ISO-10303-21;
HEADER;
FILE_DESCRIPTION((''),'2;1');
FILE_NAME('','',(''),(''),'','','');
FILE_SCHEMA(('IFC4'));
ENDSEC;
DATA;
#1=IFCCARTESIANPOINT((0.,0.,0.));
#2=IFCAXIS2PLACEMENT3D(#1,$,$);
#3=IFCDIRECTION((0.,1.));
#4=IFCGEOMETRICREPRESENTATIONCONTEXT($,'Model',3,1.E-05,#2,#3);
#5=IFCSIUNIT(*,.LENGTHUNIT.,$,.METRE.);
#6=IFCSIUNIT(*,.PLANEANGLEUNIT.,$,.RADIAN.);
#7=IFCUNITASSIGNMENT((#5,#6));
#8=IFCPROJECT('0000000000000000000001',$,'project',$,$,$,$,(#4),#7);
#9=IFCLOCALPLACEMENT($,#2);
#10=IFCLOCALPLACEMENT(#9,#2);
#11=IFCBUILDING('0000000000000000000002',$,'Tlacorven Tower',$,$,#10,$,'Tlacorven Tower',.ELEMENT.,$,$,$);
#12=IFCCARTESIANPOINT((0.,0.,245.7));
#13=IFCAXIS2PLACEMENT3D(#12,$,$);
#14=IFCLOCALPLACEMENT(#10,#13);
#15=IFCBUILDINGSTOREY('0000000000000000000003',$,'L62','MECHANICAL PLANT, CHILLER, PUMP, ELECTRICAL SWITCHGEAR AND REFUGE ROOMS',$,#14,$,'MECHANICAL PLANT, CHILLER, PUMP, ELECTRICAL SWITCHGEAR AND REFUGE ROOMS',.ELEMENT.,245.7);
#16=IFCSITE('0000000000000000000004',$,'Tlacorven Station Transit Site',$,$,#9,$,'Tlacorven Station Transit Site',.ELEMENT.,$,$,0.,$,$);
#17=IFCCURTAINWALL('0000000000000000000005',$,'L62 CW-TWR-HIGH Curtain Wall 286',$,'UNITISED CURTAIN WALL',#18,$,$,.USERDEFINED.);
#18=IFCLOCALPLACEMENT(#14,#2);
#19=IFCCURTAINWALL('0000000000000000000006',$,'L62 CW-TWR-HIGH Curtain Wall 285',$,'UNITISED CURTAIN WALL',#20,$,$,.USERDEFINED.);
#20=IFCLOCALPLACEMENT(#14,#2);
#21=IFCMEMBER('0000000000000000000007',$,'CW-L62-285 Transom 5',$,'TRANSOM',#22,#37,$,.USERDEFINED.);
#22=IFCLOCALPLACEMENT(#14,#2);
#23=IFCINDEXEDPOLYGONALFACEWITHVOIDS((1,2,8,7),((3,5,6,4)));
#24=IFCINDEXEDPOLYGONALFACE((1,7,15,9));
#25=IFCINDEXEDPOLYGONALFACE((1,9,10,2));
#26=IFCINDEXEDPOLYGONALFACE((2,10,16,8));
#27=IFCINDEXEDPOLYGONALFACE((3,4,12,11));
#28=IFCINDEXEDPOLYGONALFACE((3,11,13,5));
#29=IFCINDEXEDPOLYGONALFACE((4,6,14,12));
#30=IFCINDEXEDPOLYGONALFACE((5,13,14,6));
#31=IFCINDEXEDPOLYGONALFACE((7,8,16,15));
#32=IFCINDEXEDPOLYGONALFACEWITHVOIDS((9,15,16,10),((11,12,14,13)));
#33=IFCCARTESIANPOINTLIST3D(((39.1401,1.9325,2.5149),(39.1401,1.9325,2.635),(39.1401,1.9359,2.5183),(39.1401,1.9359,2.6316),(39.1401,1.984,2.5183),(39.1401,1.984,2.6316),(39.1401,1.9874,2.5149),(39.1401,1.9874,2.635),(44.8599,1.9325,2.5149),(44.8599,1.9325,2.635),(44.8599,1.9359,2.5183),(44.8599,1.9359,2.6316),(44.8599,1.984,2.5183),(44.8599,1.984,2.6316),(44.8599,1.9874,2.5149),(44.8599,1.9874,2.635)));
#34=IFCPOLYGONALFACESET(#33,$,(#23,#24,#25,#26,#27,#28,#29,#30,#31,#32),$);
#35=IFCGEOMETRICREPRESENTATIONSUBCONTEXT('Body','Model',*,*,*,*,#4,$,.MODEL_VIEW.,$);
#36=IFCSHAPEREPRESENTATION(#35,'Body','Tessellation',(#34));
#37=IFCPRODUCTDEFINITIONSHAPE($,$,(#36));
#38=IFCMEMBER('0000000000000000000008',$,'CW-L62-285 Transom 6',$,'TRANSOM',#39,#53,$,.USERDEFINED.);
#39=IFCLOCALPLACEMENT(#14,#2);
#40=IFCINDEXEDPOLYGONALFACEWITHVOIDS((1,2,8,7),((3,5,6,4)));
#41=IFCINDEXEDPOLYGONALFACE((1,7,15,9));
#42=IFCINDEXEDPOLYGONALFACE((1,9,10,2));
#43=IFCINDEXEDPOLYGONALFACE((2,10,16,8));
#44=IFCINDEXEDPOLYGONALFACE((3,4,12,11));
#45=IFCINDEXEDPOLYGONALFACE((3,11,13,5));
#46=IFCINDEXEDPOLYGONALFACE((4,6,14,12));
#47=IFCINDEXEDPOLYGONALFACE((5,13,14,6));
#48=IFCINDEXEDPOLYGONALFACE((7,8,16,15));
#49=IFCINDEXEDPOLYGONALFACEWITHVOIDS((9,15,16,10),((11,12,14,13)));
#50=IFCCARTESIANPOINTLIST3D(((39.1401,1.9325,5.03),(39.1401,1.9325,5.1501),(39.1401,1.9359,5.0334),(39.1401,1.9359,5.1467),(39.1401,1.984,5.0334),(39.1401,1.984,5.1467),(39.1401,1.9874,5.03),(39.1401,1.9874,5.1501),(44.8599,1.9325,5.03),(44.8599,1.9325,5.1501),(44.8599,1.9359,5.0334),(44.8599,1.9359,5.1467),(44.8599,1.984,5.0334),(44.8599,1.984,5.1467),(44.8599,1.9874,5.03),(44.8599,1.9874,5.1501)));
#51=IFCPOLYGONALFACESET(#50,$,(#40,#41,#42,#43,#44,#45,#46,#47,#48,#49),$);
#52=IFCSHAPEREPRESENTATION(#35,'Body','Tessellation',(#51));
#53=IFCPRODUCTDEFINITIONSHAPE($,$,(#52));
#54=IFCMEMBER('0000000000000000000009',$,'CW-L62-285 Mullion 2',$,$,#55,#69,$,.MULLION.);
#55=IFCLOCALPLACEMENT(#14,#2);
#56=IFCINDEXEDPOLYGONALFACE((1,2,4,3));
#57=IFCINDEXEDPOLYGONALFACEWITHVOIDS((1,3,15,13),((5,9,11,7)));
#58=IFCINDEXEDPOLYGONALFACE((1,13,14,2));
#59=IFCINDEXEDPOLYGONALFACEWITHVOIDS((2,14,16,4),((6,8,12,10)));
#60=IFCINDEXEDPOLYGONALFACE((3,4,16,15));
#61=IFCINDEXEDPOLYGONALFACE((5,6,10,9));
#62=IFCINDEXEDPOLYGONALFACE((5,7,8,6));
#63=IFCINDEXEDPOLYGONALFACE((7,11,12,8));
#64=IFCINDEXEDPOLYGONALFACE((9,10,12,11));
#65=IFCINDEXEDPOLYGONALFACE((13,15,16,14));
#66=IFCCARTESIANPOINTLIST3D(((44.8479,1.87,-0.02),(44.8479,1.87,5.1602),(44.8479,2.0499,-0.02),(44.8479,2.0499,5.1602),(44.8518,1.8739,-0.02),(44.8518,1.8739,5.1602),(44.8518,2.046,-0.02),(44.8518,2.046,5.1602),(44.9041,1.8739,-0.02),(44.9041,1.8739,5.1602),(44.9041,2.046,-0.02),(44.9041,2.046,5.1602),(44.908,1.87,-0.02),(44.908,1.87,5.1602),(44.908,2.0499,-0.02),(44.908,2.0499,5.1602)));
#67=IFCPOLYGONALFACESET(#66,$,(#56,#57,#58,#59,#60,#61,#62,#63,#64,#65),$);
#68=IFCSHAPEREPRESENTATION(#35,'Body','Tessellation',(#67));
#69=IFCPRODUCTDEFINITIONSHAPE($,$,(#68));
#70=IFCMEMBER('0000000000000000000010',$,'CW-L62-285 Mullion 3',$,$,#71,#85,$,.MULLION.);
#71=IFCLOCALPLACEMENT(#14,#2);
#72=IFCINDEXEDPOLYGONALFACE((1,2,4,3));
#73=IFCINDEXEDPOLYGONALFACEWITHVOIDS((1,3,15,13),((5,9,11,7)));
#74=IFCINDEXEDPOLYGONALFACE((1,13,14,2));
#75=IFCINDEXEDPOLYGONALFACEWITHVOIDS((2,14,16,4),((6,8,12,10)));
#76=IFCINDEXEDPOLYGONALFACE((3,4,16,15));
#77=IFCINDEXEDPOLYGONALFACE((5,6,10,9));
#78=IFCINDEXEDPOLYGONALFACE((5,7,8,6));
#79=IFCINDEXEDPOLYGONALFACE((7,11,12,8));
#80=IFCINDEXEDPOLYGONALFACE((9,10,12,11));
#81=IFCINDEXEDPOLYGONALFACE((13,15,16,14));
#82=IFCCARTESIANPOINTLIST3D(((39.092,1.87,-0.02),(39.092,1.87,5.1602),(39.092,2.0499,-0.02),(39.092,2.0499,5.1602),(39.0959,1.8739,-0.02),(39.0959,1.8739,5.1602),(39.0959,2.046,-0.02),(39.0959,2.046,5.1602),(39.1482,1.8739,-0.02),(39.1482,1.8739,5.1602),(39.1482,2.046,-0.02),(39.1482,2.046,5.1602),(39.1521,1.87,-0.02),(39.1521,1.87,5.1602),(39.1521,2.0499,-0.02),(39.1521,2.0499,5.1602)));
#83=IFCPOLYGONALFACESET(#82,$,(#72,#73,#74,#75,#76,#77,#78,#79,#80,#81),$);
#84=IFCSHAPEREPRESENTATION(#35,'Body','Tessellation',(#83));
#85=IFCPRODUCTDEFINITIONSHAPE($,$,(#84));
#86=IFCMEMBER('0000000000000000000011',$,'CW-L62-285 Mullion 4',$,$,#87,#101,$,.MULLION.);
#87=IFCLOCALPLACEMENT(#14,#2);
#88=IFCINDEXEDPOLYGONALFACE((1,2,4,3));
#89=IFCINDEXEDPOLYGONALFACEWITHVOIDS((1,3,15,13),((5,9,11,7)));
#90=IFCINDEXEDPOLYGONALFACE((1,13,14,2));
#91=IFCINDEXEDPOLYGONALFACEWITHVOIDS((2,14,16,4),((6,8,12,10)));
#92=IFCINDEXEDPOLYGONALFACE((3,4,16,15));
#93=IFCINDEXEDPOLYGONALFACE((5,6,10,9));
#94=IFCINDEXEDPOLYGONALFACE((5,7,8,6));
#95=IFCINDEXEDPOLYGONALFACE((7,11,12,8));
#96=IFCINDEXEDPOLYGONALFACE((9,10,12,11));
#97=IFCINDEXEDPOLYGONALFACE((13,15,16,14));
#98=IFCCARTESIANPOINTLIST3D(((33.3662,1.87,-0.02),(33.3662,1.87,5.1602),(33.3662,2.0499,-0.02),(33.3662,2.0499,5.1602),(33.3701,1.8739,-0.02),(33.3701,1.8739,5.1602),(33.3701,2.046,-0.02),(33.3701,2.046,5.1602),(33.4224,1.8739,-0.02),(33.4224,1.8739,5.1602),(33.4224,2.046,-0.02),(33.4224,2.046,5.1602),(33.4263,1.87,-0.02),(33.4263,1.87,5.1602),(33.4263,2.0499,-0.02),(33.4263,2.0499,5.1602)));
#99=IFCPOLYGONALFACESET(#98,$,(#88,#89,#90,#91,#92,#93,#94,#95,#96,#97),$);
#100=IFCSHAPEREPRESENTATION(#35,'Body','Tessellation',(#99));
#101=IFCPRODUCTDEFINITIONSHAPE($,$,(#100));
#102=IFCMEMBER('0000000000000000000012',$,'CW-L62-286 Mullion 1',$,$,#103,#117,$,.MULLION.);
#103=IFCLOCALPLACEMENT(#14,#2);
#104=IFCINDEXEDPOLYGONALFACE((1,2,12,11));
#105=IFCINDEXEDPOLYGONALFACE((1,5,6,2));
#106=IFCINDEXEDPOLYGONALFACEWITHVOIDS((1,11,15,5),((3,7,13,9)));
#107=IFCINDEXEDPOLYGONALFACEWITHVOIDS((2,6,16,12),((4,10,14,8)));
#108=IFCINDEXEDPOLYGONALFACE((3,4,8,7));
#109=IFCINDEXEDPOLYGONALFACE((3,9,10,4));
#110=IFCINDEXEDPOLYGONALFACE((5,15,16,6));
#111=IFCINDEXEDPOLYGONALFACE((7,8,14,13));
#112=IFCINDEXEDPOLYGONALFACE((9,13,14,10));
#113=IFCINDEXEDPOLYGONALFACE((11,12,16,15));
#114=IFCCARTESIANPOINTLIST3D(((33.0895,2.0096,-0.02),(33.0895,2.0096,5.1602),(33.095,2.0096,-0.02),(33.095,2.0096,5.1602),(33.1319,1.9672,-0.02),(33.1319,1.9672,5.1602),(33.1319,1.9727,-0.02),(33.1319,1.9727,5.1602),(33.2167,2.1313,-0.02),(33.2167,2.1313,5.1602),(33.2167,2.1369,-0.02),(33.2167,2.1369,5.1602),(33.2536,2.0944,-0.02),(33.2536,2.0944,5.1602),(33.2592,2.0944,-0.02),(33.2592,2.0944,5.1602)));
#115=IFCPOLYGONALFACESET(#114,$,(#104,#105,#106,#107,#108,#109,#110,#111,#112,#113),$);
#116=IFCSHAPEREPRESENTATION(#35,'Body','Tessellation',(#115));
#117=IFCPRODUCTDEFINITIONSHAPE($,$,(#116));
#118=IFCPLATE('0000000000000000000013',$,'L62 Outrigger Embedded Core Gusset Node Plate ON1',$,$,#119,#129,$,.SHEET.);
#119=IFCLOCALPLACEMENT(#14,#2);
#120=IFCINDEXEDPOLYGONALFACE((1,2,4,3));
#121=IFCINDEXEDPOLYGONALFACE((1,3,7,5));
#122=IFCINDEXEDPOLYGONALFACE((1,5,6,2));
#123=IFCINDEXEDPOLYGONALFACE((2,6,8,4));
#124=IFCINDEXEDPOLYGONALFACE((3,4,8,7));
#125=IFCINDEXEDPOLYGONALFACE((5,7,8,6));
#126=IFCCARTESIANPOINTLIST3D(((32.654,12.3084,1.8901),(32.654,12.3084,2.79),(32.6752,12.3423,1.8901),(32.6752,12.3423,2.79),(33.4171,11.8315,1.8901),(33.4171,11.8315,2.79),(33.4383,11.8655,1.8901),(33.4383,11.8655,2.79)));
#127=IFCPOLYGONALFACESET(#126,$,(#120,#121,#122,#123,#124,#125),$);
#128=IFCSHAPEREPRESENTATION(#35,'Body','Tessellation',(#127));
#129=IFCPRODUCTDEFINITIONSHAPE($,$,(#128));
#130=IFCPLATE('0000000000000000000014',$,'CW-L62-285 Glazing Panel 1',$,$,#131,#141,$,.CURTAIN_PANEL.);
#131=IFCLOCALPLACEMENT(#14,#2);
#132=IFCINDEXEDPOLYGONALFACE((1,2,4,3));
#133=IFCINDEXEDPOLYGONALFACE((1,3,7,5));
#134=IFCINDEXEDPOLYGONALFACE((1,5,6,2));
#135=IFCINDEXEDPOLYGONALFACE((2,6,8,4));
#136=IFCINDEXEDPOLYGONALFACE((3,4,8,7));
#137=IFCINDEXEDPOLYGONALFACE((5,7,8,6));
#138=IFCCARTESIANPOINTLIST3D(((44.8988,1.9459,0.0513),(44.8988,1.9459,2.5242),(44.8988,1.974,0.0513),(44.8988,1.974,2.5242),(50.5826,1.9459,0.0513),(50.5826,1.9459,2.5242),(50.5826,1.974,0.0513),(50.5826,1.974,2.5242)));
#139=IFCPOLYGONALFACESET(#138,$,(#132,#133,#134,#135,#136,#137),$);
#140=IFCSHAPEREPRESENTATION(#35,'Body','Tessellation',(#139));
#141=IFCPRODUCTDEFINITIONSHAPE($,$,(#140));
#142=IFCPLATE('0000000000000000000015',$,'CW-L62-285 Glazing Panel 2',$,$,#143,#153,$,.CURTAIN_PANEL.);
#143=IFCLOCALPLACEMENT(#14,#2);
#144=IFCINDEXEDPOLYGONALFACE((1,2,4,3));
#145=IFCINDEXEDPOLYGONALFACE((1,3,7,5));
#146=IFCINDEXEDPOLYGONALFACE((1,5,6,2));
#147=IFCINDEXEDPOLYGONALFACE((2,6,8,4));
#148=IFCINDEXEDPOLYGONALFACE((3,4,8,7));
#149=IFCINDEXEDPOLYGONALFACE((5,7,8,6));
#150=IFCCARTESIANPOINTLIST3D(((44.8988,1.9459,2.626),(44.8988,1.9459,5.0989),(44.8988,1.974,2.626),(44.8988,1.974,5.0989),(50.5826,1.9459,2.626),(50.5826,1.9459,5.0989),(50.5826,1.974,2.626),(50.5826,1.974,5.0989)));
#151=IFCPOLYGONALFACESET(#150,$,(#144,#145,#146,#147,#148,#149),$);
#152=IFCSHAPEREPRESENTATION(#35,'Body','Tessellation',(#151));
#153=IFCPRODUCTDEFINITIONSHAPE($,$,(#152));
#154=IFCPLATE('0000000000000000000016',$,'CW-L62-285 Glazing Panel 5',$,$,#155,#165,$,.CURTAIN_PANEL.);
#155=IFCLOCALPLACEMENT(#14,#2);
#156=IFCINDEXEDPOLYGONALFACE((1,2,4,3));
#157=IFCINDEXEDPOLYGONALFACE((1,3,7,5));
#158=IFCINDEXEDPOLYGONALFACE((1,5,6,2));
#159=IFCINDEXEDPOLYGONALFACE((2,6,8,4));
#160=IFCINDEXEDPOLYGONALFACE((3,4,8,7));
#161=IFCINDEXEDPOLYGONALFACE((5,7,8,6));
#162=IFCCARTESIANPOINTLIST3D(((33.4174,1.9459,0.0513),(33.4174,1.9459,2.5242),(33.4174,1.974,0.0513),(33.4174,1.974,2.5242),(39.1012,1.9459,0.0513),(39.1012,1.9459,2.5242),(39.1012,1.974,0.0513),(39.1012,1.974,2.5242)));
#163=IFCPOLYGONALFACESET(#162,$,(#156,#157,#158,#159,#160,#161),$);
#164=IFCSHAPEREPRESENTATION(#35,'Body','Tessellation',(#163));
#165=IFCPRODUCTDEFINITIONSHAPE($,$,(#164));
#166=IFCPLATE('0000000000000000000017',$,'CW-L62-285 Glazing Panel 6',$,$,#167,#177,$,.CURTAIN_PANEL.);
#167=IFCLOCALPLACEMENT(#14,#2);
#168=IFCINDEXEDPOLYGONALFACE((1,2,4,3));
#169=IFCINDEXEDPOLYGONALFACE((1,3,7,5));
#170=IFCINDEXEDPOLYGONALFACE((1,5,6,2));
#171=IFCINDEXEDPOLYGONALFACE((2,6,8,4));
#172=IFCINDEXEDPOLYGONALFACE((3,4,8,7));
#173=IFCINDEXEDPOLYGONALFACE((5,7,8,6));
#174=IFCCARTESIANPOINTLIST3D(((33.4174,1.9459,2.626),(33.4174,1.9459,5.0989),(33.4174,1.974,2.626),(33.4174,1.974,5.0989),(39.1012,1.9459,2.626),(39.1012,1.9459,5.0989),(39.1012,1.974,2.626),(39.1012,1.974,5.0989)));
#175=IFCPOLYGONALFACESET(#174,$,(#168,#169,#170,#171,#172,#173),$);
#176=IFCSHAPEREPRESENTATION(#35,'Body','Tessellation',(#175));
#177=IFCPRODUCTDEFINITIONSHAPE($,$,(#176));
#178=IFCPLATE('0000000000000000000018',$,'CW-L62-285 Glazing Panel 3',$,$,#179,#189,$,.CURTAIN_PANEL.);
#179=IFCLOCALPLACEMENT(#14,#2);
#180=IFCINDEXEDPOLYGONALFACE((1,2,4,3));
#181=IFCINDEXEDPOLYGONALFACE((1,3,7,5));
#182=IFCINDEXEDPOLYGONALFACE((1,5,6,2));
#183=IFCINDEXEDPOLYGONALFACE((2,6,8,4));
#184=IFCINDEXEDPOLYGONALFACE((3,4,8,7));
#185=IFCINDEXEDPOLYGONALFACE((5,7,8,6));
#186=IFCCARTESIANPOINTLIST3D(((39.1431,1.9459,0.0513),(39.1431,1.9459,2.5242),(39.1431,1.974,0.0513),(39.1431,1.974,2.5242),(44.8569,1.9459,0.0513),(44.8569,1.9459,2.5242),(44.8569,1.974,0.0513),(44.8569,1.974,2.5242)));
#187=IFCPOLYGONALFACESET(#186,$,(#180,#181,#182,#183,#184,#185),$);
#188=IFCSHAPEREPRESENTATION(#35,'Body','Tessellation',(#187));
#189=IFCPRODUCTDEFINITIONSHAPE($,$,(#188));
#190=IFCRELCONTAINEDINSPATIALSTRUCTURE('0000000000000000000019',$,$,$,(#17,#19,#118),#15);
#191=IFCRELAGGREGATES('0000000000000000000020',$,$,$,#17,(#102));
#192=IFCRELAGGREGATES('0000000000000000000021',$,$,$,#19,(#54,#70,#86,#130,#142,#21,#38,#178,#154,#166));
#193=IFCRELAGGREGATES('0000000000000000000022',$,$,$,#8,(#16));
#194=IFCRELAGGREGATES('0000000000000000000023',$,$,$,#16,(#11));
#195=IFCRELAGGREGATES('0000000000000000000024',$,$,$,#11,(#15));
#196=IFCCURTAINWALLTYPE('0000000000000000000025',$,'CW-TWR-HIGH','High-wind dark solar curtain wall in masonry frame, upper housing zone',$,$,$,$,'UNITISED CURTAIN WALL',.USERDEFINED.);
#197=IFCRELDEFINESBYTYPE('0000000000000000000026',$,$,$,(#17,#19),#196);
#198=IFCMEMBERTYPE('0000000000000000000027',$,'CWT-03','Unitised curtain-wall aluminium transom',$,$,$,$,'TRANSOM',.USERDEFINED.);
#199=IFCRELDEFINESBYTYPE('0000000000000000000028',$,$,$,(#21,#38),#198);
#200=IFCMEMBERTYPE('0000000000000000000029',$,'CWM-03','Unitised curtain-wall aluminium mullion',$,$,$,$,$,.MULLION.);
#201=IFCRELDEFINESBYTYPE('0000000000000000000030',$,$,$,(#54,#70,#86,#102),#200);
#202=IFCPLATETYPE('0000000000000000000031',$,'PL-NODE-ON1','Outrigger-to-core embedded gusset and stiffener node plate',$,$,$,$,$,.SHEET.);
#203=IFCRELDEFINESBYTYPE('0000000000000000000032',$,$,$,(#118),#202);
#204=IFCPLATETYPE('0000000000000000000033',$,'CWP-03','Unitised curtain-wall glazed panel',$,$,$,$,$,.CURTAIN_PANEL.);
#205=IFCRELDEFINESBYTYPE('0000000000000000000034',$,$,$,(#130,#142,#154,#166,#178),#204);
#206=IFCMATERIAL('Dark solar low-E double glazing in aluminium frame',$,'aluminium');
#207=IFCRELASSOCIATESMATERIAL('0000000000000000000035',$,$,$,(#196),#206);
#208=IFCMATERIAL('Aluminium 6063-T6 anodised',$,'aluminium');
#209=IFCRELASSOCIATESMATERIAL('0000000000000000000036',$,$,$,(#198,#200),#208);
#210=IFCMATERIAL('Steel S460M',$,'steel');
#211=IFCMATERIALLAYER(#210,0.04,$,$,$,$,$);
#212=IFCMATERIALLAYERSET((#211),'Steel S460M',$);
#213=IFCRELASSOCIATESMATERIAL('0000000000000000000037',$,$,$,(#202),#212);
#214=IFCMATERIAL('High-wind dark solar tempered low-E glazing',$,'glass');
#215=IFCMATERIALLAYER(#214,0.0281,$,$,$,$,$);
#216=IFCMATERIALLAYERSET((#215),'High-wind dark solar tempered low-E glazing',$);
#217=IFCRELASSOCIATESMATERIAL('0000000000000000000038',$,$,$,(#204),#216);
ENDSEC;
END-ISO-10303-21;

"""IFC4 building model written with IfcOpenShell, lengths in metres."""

from ifc_helpers import new_model, si_unit, direction, frame, origin, origin_2d, place, context, subcontext, project, spatial, rectangle, hollow_rectangle, extrude, source, transform, mapped, material, layer, layer_set, material_profile, profile_set, type_object, element, aggregate, save


model = new_model("IFC4")

# Units and contexts
model_context = context("Model", 3, precision=1e-05, world=origin(), true_north=direction((0.0, 1.0)))
body_context = subcontext(model_context, "Body", "Model", "MODEL_VIEW")
ifc_project = project(units=[si_unit("LENGTHUNIT", "METRE"), si_unit("PLANEANGLEUNIT", "RADIAN")], contexts=[model_context])

# Site, building, storey
site_placement = place(None, origin())
site = spatial("IfcSite", under=ifc_project, at=site_placement, Name="Tlacorven Station Transit Site", LongName="Tlacorven Station Transit Site", CompositionType="ELEMENT", RefElevation=0.0)
building_placement = place(site_placement, origin())
building = spatial("IfcBuilding", under=site, at=building_placement, Name="Tlacorven Tower", LongName="Tlacorven Tower", CompositionType="ELEMENT")
storey_placement = place(building_placement, frame((0.0, 0.0, 245.7)))
storey = spatial("IfcBuildingStorey", under=building, at=storey_placement, Name="L62", Description="MECHANICAL PLANT, CHILLER, PUMP, ELECTRICAL SWITCHGEAR AND REFUGE ROOMS", LongName="MECHANICAL PLANT, CHILLER, PUMP, ELECTRICAL SWITCHGEAR AND REFUGE ROOMS", CompositionType="ELEMENT", Elevation=245.7)

# Shared definitions
ifc_material_1 = material(Name="Steel S460M", Category="steel")

# Curtain walls, members
ifc_material_2 = material(Name="Dark solar low-E double glazing in aluminium frame", Category="aluminium")
curtain_wall_type = type_object("IfcCurtainWallType", Name="CW-TWR-HIGH", Description="High-wind dark solar curtain wall in masonry frame, upper housing zone", ElementType="UNITISED CURTAIN WALL", PredefinedType="USERDEFINED", material=ifc_material_2)
curtain_wall_1_placement = place(storey_placement, origin())
curtain_wall_1 = element("IfcCurtainWall", 1, at=curtain_wall_1_placement, inside=storey, type_object=curtain_wall_type, Name="L62 CW-TWR-HIGH Curtain Wall 286", ObjectType="UNITISED CURTAIN WALL", PredefinedType="USERDEFINED")
ifc_material_3 = material(Name="Aluminium 6063-T6 anodised", Category="aluminium")
ifc_material_profile_1 = material_profile(ifc_material_3, hollow_rectangle(XDim=0.0549, YDim=0.1201, WallThickness=0.0034, at=origin_2d()), Name="ALU TRANSOM 55X120")
ifc_profile_set_1 = profile_set([ifc_material_profile_1], Name="Aluminium 6063-T6 anodised")
member_type_1 = type_object("IfcMemberType", Name="CWT-03", Description="Unitised curtain-wall aluminium transom", ElementType="TRANSOM", PredefinedType="USERDEFINED", material=ifc_profile_set_1)
curtain_wall_2_placement = place(storey_placement, origin())
curtain_wall_2 = element("IfcCurtainWall", 2, at=curtain_wall_2_placement, inside=storey, type_object=curtain_wall_type, Name="L62 CW-TWR-HIGH Curtain Wall 285", ObjectType="UNITISED CURTAIN WALL", PredefinedType="USERDEFINED")
shared_shape_1 = source(origin(), body_context, "Body", "SweptSolid", [
    extrude(hollow_rectangle(XDim=0.0549, YDim=0.1201, WallThickness=0.0034, at=origin_2d()), origin(), (0.0, 0.0, 1.0), 5.7197),
])
member_1_placement = place(storey_placement, frame((44.8599, 1.96, 2.575), z_axis=(-1.0, 0.0, 0.0), x_axis=(0.0, -1.0, 0.0)))
member_1 = element("IfcMember", 3, at=member_1_placement, type_object=member_type_1, Name="CW-L62-285 Transom 5", ObjectType="TRANSOM", PredefinedType="USERDEFINED", context=body_context, shape_type="MappedRepresentation", body=[
    mapped(shared_shape_1, transform((0.0, 0.0, 0.0), scale=1.0)),
])
member_2_placement = place(storey_placement, frame((44.8599, 1.96, 5.0901), z_axis=(-1.0, 0.0, 0.0), x_axis=(0.0, -1.0, 0.0)))
member_2 = element("IfcMember", 4, at=member_2_placement, type_object=member_type_1, Name="CW-L62-285 Transom 6", ObjectType="TRANSOM", PredefinedType="USERDEFINED", context=body_context, shape_type="MappedRepresentation", body=[
    mapped(shared_shape_1, transform((0.0, 0.0, 0.0), scale=1.0)),
])
ifc_material_profile_2 = material_profile(ifc_material_3, hollow_rectangle(XDim=0.0601, YDim=0.1799, WallThickness=0.0039, at=origin_2d()), Name="ALU MULLION 60X180")
ifc_profile_set_2 = profile_set([ifc_material_profile_2], Name="Aluminium 6063-T6 anodised")
member_type_2 = type_object("IfcMemberType", Name="CWM-03", Description="Unitised curtain-wall aluminium mullion", PredefinedType="MULLION", material=ifc_profile_set_2)
shared_shape_2 = source(origin(), body_context, "Body", "SweptSolid", [
    extrude(hollow_rectangle(XDim=0.0601, YDim=0.1799, WallThickness=0.0039, at=origin_2d()), origin(), (0.0, 0.0, 1.0), 5.1802),
])
member_3_placement = place(storey_placement, frame((44.8779, 1.96, -0.02), z_axis=(0.0, 0.0, 1.0), x_axis=(-1.0, 0.0, 0.0)))
member_3 = element("IfcMember", 5, at=member_3_placement, type_object=member_type_2, Name="CW-L62-285 Mullion 2", PredefinedType="MULLION", context=body_context, shape_type="MappedRepresentation", body=[
    mapped(shared_shape_2, transform((0.0, 0.0, 0.0), scale=1.0)),
])
member_4_placement = place(storey_placement, frame((39.1221, 1.96, -0.02), z_axis=(0.0, 0.0, 1.0), x_axis=(-1.0, 0.0, 0.0)))
member_4 = element("IfcMember", 6, at=member_4_placement, type_object=member_type_2, Name="CW-L62-285 Mullion 3", PredefinedType="MULLION", context=body_context, shape_type="MappedRepresentation", body=[
    mapped(shared_shape_2, transform((0.0, 0.0, 0.0), scale=1.0)),
])
member_5_placement = place(storey_placement, frame((33.3962, 1.96, -0.02), z_axis=(0.0, 0.0, 1.0), x_axis=(-1.0, 0.0, 0.0)))
member_5 = element("IfcMember", 7, at=member_5_placement, type_object=member_type_2, Name="CW-L62-285 Mullion 4", PredefinedType="MULLION", context=body_context, shape_type="MappedRepresentation", body=[
    mapped(shared_shape_2, transform((0.0, 0.0, 0.0), scale=1.0)),
])

# Member
member_6_placement = place(storey_placement, frame((33.1743, 2.052, -0.02), z_axis=(0.0, 0.0, 1.0), x_axis=(-0.707107, 0.707107, 0.0)))
member_6 = element("IfcMember", 8, at=member_6_placement, type_object=member_type_2, Name="CW-L62-286 Mullion 1", PredefinedType="MULLION", context=body_context, shape_type="MappedRepresentation", body=[
    mapped(shared_shape_2, transform((0.0, 0.0, 0.0), scale=1.0)),
])
aggregate(curtain_wall_1, [member_6])

# Plates
ifc_layer_1 = layer(ifc_material_1, 0.04)
ifc_layer_set_1 = layer_set([ifc_layer_1], Name="Steel S460M")
plate_type_1 = type_object("IfcPlateType", Name="PL-NODE-ON1", Description="Outrigger-to-core embedded gusset and stiffener node plate", PredefinedType="SHEET", material=ifc_layer_set_1)
shared_shape_3 = source(origin(), body_context, "Body", "SweptSolid", [
    extrude(rectangle(XDim=0.8999, YDim=0.04, at=origin_2d()), origin(), (0.0, 0.0, 1.0), 0.8999),
])
plate_1_placement = place(storey_placement, frame((33.0461, 12.0869, 1.8901), z_axis=(0.0, 0.0, 1.0), x_axis=(-0.848048, 0.529919, 0.0)))
element("IfcPlate", 9, at=plate_1_placement, inside=storey, type_object=plate_type_1, Name="L62 Outrigger Embedded Core Gusset Node Plate ON1", PredefinedType="SHEET", context=body_context, shape_type="MappedRepresentation", body=[
    mapped(shared_shape_3, transform((0.0, 0.0, 0.0), scale=1.0)),
])
ifc_material_4 = material(Name="High-wind dark solar tempered low-E glazing", Category="glass")
ifc_layer_2 = layer(ifc_material_4, 0.0281)
ifc_layer_set_2 = layer_set([ifc_layer_2], Name="High-wind dark solar tempered low-E glazing")
plate_type_2 = type_object("IfcPlateType", Name="CWP-03", Description="Unitised curtain-wall glazed panel", PredefinedType="CURTAIN_PANEL", material=ifc_layer_set_2)
shared_shape_4 = source(origin(), body_context, "Body", "SweptSolid", [
    extrude(rectangle(XDim=5.6838, YDim=0.0281, at=origin_2d()), origin(), (0.0, 0.0, 1.0), 2.4729),
])
plate_2_placement = place(storey_placement, frame((47.7407, 1.96, 0.0513), z_axis=(0.0, 0.0, 1.0), x_axis=(-1.0, 0.0, 0.0)))
plate_2 = element("IfcPlate", 10, at=plate_2_placement, type_object=plate_type_2, Name="CW-L62-285 Glazing Panel 1", PredefinedType="CURTAIN_PANEL", context=body_context, shape_type="MappedRepresentation", body=[
    mapped(shared_shape_4, transform((0.0, 0.0, 0.0), scale=1.0)),
])
plate_3_placement = place(storey_placement, frame((47.7407, 1.96, 2.626), z_axis=(0.0, 0.0, 1.0), x_axis=(-1.0, 0.0, 0.0)))
plate_3 = element("IfcPlate", 11, at=plate_3_placement, type_object=plate_type_2, Name="CW-L62-285 Glazing Panel 2", PredefinedType="CURTAIN_PANEL", context=body_context, shape_type="MappedRepresentation", body=[
    mapped(shared_shape_4, transform((0.0, 0.0, 0.0), scale=1.0)),
])
plate_4_placement = place(storey_placement, frame((36.2593, 1.96, 0.0513), z_axis=(0.0, 0.0, 1.0), x_axis=(-1.0, 0.0, 0.0)))
plate_4 = element("IfcPlate", 12, at=plate_4_placement, type_object=plate_type_2, Name="CW-L62-285 Glazing Panel 5", PredefinedType="CURTAIN_PANEL", context=body_context, shape_type="MappedRepresentation", body=[
    mapped(shared_shape_4, transform((0.0, 0.0, 0.0), scale=1.0)),
])
plate_5_placement = place(storey_placement, frame((36.2593, 1.96, 2.626), z_axis=(0.0, 0.0, 1.0), x_axis=(-1.0, 0.0, 0.0)))
plate_5 = element("IfcPlate", 13, at=plate_5_placement, type_object=plate_type_2, Name="CW-L62-285 Glazing Panel 6", PredefinedType="CURTAIN_PANEL", context=body_context, shape_type="MappedRepresentation", body=[
    mapped(shared_shape_4, transform((0.0, 0.0, 0.0), scale=1.0)),
])
shared_shape_5 = source(origin(), body_context, "Body", "SweptSolid", [
    extrude(rectangle(XDim=5.7139, YDim=0.0281, at=origin_2d()), origin(), (0.0, 0.0, 1.0), 2.4729),
])
plate_6_placement = place(storey_placement, frame((42.0, 1.96, 0.0513), z_axis=(0.0, 0.0, 1.0), x_axis=(-1.0, 0.0, 0.0)))
plate_6 = element("IfcPlate", 14, at=plate_6_placement, type_object=plate_type_2, Name="CW-L62-285 Glazing Panel 3", PredefinedType="CURTAIN_PANEL", context=body_context, shape_type="MappedRepresentation", body=[
    mapped(shared_shape_5, transform((0.0, 0.0, 0.0), scale=1.0)),
])
aggregate(curtain_wall_2, [member_3, member_4, member_5, plate_2, plate_3, member_1, member_2, plate_6, plate_4, plate_5])

save(model, "model.ifc")
